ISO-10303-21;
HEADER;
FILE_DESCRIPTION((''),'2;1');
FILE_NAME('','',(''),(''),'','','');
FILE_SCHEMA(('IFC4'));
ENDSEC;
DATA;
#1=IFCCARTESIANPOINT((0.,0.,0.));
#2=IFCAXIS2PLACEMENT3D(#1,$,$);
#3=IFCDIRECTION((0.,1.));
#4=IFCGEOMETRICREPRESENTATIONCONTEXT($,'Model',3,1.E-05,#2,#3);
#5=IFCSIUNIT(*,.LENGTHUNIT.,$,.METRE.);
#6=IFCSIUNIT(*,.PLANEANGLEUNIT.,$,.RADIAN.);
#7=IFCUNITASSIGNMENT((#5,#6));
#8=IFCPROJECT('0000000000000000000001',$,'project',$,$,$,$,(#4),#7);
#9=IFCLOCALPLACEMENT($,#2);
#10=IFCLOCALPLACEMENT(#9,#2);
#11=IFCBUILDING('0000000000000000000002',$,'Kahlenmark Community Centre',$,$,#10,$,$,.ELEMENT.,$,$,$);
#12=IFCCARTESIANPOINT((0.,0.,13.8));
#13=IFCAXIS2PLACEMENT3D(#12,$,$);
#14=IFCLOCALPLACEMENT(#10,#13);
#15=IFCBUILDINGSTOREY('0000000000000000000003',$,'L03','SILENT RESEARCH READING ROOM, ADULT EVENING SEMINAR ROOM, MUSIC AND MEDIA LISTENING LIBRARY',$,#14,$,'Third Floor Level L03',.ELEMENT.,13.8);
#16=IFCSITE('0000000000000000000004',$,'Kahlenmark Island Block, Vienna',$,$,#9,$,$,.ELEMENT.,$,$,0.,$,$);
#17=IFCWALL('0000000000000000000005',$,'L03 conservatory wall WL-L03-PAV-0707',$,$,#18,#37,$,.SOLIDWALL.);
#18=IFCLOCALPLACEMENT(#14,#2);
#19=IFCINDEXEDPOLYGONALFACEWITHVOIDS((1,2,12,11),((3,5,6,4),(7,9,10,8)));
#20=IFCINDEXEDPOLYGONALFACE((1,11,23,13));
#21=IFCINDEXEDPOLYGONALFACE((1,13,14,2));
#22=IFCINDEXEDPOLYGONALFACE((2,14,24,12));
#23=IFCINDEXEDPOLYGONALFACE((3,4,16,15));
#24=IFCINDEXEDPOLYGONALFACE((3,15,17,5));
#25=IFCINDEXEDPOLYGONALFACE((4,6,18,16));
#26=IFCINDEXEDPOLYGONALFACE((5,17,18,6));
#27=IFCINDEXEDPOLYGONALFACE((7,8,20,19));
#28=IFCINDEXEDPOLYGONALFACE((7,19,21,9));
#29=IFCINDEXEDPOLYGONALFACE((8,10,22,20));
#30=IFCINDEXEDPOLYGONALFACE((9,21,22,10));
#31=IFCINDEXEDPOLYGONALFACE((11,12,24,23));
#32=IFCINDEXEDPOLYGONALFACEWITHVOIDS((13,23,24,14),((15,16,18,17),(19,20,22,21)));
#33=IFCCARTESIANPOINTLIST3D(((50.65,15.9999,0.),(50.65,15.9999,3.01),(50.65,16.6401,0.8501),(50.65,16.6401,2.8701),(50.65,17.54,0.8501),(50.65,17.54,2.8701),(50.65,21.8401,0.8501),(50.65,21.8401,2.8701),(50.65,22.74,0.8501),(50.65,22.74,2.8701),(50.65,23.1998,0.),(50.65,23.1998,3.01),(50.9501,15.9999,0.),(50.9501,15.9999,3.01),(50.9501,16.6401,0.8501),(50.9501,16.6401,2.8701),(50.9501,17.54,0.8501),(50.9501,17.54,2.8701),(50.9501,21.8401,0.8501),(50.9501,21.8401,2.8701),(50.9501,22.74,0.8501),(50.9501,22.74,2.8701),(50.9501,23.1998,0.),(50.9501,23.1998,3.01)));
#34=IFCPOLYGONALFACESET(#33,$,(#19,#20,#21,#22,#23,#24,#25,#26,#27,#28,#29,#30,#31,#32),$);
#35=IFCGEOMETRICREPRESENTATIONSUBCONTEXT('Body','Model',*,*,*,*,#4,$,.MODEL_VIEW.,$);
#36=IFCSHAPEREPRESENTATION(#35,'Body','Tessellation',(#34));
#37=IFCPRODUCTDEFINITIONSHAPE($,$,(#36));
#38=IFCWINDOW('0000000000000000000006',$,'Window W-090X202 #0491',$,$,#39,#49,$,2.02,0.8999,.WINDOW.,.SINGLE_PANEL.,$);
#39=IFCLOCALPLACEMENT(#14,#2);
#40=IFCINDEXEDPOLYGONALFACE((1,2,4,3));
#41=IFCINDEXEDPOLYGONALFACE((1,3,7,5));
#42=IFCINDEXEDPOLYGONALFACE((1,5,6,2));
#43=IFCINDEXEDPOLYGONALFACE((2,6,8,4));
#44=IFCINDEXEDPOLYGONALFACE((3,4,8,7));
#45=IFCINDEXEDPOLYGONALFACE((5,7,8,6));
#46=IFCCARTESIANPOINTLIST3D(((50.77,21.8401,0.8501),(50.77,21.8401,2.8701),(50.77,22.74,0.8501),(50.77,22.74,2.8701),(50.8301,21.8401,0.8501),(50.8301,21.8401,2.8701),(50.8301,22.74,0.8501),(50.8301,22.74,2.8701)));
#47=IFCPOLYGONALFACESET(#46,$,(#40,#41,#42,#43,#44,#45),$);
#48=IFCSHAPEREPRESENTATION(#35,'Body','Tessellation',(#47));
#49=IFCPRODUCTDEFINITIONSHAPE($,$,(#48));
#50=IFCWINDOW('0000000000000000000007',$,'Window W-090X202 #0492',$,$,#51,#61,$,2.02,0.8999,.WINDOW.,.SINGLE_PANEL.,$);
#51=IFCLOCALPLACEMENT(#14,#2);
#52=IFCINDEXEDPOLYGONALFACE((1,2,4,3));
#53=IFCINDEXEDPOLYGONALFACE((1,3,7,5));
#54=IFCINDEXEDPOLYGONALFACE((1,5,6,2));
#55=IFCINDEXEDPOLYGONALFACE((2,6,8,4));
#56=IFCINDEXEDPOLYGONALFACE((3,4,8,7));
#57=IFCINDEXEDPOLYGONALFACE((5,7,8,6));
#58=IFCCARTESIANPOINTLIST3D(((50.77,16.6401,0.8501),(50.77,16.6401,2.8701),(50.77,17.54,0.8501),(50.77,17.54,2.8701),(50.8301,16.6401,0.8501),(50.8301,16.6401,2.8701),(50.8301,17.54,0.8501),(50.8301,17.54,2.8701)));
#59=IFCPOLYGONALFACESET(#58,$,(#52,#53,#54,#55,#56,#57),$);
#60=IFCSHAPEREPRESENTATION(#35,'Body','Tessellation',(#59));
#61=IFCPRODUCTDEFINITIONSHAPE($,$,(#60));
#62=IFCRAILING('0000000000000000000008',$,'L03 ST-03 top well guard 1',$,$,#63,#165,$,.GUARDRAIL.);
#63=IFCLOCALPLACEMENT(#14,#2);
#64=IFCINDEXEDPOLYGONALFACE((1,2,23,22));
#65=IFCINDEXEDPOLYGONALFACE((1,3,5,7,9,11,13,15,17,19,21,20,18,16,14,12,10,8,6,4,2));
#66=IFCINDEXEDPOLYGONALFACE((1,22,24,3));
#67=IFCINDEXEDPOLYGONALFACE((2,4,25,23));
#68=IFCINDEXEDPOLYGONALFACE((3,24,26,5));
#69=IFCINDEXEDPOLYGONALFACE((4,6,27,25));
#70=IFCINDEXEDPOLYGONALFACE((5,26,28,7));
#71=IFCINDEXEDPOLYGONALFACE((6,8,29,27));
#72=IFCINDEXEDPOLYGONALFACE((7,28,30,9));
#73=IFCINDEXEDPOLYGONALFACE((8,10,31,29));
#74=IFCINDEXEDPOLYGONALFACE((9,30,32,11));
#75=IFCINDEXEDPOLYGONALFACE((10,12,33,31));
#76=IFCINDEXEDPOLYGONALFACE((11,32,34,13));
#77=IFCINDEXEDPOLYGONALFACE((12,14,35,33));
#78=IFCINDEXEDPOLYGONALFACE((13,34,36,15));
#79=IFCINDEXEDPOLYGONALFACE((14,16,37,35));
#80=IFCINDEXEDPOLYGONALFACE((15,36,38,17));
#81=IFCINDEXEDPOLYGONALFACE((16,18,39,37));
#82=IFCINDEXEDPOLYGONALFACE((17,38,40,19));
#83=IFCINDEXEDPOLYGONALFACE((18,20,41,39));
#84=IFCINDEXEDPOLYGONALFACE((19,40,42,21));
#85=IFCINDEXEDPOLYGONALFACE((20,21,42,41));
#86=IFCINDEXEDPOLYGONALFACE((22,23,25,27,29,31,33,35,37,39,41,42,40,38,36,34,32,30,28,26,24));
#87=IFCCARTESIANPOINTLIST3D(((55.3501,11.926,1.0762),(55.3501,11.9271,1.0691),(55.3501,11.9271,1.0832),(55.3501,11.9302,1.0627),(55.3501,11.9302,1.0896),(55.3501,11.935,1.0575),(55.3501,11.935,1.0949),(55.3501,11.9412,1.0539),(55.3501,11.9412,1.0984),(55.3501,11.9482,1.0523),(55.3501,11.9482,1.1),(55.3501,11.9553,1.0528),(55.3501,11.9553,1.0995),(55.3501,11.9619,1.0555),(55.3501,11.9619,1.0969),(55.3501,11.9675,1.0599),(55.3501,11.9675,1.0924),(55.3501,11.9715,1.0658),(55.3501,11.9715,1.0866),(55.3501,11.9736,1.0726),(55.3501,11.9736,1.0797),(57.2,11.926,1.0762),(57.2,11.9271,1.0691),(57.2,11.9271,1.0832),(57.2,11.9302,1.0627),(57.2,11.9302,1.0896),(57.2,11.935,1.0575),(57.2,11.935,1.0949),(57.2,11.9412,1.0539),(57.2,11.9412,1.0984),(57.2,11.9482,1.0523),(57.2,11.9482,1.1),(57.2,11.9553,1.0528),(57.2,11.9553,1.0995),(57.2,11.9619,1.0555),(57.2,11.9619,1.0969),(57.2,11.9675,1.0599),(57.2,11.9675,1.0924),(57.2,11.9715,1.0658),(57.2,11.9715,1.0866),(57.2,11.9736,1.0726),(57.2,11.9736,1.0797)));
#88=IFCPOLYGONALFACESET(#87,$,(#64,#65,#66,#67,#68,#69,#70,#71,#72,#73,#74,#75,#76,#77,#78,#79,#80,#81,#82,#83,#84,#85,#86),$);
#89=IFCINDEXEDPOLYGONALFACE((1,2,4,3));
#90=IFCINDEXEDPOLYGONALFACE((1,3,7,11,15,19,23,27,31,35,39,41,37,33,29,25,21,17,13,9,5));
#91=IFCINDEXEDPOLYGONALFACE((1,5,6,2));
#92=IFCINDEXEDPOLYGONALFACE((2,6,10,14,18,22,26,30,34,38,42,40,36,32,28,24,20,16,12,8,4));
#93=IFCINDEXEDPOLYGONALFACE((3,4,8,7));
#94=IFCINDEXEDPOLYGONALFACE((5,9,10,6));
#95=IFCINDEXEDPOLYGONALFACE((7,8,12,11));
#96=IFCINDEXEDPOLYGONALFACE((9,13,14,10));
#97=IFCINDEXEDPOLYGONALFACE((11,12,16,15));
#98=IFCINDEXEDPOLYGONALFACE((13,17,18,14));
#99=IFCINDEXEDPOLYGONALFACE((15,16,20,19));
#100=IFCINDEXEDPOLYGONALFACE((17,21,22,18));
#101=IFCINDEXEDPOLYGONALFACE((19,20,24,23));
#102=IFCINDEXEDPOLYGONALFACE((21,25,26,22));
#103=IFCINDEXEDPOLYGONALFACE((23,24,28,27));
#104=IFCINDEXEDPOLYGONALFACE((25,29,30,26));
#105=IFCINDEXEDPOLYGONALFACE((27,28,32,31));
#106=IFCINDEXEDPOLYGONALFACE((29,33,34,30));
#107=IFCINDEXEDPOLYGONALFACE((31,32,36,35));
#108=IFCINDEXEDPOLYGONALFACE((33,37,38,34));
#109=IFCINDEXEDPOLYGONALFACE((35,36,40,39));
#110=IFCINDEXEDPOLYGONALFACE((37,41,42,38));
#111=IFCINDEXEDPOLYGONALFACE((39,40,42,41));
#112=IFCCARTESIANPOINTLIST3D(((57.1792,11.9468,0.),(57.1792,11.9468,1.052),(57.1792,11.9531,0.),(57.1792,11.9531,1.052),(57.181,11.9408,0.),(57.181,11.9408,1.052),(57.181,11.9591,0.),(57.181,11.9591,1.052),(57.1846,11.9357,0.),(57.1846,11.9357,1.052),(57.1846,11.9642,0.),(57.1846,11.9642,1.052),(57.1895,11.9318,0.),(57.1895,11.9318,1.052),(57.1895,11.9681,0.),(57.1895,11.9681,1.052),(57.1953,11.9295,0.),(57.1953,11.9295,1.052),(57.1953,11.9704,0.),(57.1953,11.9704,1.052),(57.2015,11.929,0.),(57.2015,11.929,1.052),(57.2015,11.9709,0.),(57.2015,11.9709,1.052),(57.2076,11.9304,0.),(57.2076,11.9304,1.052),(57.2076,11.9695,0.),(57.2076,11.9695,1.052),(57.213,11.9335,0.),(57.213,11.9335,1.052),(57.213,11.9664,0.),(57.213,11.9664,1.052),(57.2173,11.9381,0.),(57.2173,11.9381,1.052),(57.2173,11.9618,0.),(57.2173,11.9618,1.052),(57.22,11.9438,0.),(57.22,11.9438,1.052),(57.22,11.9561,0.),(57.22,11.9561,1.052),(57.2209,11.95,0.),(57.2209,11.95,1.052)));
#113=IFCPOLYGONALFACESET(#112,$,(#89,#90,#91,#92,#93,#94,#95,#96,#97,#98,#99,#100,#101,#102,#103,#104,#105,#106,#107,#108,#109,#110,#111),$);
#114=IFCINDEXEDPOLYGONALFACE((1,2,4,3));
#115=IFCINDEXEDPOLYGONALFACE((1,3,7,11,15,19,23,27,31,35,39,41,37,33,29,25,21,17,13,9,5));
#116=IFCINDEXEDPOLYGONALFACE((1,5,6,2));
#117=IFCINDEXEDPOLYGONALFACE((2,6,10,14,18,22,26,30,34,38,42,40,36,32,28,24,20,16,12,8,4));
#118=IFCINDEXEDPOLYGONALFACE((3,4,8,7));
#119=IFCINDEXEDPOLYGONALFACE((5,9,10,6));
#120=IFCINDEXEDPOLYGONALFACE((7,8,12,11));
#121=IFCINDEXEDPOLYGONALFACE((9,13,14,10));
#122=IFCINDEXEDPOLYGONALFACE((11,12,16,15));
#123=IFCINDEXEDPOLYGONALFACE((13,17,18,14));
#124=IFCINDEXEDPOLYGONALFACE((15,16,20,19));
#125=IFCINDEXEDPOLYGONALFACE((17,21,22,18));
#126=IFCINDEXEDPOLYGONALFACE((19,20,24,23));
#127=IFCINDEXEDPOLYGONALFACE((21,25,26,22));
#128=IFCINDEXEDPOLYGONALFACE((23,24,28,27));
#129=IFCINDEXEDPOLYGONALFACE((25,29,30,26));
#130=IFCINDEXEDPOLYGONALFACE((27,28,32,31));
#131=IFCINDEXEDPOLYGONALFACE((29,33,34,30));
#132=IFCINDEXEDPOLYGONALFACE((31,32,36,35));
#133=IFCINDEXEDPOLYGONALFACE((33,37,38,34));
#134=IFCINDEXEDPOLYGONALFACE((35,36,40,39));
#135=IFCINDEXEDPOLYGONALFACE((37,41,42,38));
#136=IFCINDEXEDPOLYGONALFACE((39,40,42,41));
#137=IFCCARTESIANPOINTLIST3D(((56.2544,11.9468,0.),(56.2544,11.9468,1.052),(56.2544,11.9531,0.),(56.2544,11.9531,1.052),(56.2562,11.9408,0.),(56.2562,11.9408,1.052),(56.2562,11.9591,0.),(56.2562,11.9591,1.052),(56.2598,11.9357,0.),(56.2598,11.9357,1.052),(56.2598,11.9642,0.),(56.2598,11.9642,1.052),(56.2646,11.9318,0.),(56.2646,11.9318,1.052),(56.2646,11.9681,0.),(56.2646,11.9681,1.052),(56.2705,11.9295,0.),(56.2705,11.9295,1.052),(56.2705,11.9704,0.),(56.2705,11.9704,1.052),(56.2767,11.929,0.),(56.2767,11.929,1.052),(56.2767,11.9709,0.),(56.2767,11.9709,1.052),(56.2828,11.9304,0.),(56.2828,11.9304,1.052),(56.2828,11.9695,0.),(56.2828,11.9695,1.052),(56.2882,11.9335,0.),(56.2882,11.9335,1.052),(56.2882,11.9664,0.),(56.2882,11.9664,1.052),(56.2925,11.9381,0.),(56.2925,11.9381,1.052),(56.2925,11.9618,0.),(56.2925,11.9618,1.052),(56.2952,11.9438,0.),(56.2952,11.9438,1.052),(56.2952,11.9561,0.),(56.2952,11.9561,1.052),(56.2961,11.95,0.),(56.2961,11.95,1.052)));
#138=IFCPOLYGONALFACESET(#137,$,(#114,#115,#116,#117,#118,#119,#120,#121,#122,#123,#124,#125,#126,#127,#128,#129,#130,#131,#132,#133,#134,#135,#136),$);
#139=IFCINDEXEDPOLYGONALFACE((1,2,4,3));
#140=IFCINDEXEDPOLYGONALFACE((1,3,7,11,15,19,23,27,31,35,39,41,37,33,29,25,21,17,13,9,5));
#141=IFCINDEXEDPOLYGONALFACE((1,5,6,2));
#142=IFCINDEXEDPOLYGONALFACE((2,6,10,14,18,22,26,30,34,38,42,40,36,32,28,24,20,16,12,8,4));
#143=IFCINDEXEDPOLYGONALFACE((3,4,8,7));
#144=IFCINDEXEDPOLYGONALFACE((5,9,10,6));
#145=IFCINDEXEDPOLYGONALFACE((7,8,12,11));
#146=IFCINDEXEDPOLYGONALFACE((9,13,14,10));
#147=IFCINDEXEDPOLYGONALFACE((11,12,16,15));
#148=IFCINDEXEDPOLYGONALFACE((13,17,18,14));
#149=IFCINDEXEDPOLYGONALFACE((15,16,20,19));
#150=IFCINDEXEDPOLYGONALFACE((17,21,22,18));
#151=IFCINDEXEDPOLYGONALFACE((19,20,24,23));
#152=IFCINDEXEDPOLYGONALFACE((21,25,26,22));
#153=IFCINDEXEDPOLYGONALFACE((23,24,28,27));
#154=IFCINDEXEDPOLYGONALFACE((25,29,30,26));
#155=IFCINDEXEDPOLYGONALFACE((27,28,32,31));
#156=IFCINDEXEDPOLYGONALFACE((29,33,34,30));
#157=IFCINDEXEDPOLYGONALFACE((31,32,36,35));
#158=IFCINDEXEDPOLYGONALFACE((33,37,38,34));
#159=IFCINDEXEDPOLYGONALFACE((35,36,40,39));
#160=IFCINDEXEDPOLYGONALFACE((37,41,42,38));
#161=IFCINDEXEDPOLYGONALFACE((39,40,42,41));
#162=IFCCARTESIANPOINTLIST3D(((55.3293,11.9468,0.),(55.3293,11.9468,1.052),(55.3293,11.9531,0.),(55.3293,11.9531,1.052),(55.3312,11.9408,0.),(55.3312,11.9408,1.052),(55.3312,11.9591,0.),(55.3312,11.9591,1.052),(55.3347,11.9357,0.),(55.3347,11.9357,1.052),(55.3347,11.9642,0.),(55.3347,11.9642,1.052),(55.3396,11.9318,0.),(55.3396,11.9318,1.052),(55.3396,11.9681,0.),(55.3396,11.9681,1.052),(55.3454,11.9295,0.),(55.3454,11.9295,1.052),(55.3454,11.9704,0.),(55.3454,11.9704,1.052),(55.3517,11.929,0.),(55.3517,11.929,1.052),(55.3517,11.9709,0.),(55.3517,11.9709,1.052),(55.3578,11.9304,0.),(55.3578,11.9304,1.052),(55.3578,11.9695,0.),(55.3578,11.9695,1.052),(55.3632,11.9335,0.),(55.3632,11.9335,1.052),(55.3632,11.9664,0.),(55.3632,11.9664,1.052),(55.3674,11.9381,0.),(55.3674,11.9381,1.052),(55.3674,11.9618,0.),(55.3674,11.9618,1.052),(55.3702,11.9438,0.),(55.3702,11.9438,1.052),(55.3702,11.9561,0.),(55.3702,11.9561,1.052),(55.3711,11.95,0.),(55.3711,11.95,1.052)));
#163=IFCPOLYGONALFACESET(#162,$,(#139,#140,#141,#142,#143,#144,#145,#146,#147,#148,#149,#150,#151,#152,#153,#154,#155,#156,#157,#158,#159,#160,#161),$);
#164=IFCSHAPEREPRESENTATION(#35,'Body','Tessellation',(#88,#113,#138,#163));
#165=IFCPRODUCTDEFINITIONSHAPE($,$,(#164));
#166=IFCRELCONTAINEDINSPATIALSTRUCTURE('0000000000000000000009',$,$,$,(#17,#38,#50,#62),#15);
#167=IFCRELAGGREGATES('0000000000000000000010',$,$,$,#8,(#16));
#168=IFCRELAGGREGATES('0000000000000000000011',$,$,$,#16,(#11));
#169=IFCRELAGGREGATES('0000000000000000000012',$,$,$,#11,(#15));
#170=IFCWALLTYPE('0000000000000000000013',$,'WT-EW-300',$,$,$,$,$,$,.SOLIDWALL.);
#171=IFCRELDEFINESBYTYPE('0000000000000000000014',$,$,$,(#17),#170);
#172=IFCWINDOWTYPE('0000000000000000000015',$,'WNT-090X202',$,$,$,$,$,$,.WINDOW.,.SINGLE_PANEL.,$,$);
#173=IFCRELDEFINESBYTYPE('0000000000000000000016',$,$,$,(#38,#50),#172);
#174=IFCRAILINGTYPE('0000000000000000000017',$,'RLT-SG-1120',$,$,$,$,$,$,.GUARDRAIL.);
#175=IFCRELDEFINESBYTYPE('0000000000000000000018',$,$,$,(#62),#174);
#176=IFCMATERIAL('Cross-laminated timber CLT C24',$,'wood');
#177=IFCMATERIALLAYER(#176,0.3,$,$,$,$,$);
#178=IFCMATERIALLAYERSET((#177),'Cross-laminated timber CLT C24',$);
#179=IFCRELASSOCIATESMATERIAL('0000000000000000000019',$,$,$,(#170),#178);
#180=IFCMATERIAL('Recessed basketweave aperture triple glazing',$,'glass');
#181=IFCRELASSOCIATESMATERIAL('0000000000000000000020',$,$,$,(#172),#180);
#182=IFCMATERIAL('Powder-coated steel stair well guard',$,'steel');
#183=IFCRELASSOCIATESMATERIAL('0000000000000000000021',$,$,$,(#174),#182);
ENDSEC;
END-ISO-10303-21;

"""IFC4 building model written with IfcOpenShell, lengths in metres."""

from ifc_helpers import new_model, si_unit, direction, frame, frame_2d, origin, origin_2d, place, context, subcontext, project, spatial, rectangle, circle, extrude, material, layer, layer_set, type_object, element, fill, save


model = new_model("IFC4")

# Units and contexts
model_context = context("Model", 3, precision=1e-05, world=origin(), true_north=direction((0.0, 1.0)))
body_context = subcontext(model_context, "Body", "Model", "MODEL_VIEW")
ifc_project = project(units=[si_unit("LENGTHUNIT", "METRE"), si_unit("PLANEANGLEUNIT", "RADIAN")], contexts=[model_context])

# Site, building, storey
site_placement = place(None, origin())
site = spatial("IfcSite", under=ifc_project, at=site_placement, Name="Kahlenmark Island Block, Vienna", CompositionType="ELEMENT", RefElevation=0.0)
building_placement = place(site_placement, origin())
building = spatial("IfcBuilding", under=site, at=building_placement, Name="Kahlenmark Community Centre", CompositionType="ELEMENT")
storey_placement = place(building_placement, frame((0.0, 0.0, 13.8)))
storey = spatial("IfcBuildingStorey", under=building, at=storey_placement, Name="L03", Description="SILENT RESEARCH READING ROOM, ADULT EVENING SEMINAR ROOM, MUSIC AND MEDIA LISTENING LIBRARY", LongName="Third Floor Level L03", CompositionType="ELEMENT", Elevation=13.8)

# Wall, openings, windows
ifc_material_1 = material(Name="Cross-laminated timber CLT C24", Category="wood")
ifc_layer_1 = layer(ifc_material_1, 0.3)
ifc_layer_set_1 = layer_set([ifc_layer_1], Name="Cross-laminated timber CLT C24")
wall_type_1 = type_object("IfcWallType", Name="WT-EW-300", PredefinedType="SOLIDWALL", material=ifc_layer_set_1)
wall_1_placement = place(storey_placement, frame((50.8, 23.2, 0.0), z_axis=(0.0, 0.0, 1.0), x_axis=(0.0, -1.0, 0.0)))
wall_1 = element("IfcWall", 1, at=wall_1_placement, inside=storey, type_object=wall_type_1, Name="L03 conservatory wall WL-L03-PAV-0707", PredefinedType="SOLIDWALL", context=body_context, shape_type="SweptSolid", body=[
    extrude(rectangle(XDim=7.2, YDim=0.3, at=frame_2d((3.6001, 0.0))), origin(), (0.0, 0.0, 1.0), 3.01),
])
opening_1_placement = place(wall_1_placement, frame((0.46, 0.0, 0.8501)))
opening_1 = element("IfcOpeningElement", 2, at=opening_1_placement, cuts=wall_1, PredefinedType="OPENING", context=body_context, shape_type="SweptSolid", body=[
    extrude(rectangle(XDim=0.8999, YDim=2.02, at=frame_2d((0.45, 1.01))), frame((0.0, 0.1599, 0.0), z_axis=(0.0, -1.0, 0.0), x_axis=(1.0, 0.0, 0.0)), (0.0, 0.0, 1.0), 0.3201),
])
opening_2_placement = place(wall_1_placement, frame((5.6599, 0.0, 0.8501)))
opening_2 = element("IfcOpeningElement", 3, at=opening_2_placement, cuts=wall_1, PredefinedType="OPENING", context=body_context, shape_type="SweptSolid", body=[
    extrude(rectangle(XDim=0.8999, YDim=2.02, at=frame_2d((0.45, 1.01))), frame((0.0, 0.1599, 0.0), z_axis=(0.0, -1.0, 0.0), x_axis=(1.0, 0.0, 0.0)), (0.0, 0.0, 1.0), 0.3201),
])
ifc_material_2 = material(Name="Recessed basketweave aperture triple glazing", Category="glass")
window_type = type_object("IfcWindowType", Name="WNT-090X202", PartitioningType="SINGLE_PANEL", PredefinedType="WINDOW", material=ifc_material_2)
window_1_placement = place(opening_1_placement, origin())
window_1 = element("IfcWindow", 4, at=window_1_placement, inside=storey, type_object=window_type, Name="Window W-090X202 #0491", OverallHeight=2.02, OverallWidth=0.8999, PartitioningType="SINGLE_PANEL", PredefinedType="WINDOW", context=body_context, shape_type="SweptSolid", body=[
    extrude(rectangle(XDim=0.8999, YDim=2.02, at=frame_2d((0.45, 1.01))), frame((0.0, 0.03, 0.0), z_axis=(0.0, -1.0, 0.0), x_axis=(1.0, 0.0, 0.0)), (0.0, 0.0, 1.0), 0.0601),
])
fill(opening_1, window_1)
window_2_placement = place(opening_2_placement, origin())
window_2 = element("IfcWindow", 5, at=window_2_placement, inside=storey, type_object=window_type, Name="Window W-090X202 #0492", OverallHeight=2.02, OverallWidth=0.8999, PartitioningType="SINGLE_PANEL", PredefinedType="WINDOW", context=body_context, shape_type="SweptSolid", body=[
    extrude(rectangle(XDim=0.8999, YDim=2.02, at=frame_2d((0.45, 1.01))), frame((0.0, 0.03, 0.0), z_axis=(0.0, -1.0, 0.0), x_axis=(1.0, 0.0, 0.0)), (0.0, 0.0, 1.0), 0.0601),
])
fill(opening_2, window_2)

# Railing
ifc_material_3 = material(Name="Powder-coated steel stair well guard", Category="steel")
railing_type = type_object("IfcRailingType", Name="RLT-SG-1120", PredefinedType="GUARDRAIL", material=ifc_material_3)
railing_placement = place(storey_placement, frame((57.2, 11.95, 0.0)))
element("IfcRailing", 6, at=railing_placement, inside=storey, type_object=railing_type, Name="L03 ST-03 top well guard 1", PredefinedType="GUARDRAIL", context=body_context, shape_type="SweptSolid", body=[
    extrude(circle(Radius=0.0239, at=origin_2d()), frame((0.0, 0.0, 1.0762), z_axis=(-1.0, 0.0, 0.0), x_axis=(0.0, -1.0, 0.0)), (0.0, 0.0, 1.0), 1.8499),
    extrude(circle(Radius=0.021, at=origin_2d()), origin(), (0.0, 0.0, 1.0), 1.052),
    extrude(circle(Radius=0.021, at=origin_2d()), frame((-0.9248, 0.0, 0.0)), (0.0, 0.0, 1.0), 1.052),
    extrude(circle(Radius=0.021, at=origin_2d()), frame((-1.8499, 0.0, 0.0)), (0.0, 0.0, 1.0), 1.052),
])

save(model, "model.ifc")
